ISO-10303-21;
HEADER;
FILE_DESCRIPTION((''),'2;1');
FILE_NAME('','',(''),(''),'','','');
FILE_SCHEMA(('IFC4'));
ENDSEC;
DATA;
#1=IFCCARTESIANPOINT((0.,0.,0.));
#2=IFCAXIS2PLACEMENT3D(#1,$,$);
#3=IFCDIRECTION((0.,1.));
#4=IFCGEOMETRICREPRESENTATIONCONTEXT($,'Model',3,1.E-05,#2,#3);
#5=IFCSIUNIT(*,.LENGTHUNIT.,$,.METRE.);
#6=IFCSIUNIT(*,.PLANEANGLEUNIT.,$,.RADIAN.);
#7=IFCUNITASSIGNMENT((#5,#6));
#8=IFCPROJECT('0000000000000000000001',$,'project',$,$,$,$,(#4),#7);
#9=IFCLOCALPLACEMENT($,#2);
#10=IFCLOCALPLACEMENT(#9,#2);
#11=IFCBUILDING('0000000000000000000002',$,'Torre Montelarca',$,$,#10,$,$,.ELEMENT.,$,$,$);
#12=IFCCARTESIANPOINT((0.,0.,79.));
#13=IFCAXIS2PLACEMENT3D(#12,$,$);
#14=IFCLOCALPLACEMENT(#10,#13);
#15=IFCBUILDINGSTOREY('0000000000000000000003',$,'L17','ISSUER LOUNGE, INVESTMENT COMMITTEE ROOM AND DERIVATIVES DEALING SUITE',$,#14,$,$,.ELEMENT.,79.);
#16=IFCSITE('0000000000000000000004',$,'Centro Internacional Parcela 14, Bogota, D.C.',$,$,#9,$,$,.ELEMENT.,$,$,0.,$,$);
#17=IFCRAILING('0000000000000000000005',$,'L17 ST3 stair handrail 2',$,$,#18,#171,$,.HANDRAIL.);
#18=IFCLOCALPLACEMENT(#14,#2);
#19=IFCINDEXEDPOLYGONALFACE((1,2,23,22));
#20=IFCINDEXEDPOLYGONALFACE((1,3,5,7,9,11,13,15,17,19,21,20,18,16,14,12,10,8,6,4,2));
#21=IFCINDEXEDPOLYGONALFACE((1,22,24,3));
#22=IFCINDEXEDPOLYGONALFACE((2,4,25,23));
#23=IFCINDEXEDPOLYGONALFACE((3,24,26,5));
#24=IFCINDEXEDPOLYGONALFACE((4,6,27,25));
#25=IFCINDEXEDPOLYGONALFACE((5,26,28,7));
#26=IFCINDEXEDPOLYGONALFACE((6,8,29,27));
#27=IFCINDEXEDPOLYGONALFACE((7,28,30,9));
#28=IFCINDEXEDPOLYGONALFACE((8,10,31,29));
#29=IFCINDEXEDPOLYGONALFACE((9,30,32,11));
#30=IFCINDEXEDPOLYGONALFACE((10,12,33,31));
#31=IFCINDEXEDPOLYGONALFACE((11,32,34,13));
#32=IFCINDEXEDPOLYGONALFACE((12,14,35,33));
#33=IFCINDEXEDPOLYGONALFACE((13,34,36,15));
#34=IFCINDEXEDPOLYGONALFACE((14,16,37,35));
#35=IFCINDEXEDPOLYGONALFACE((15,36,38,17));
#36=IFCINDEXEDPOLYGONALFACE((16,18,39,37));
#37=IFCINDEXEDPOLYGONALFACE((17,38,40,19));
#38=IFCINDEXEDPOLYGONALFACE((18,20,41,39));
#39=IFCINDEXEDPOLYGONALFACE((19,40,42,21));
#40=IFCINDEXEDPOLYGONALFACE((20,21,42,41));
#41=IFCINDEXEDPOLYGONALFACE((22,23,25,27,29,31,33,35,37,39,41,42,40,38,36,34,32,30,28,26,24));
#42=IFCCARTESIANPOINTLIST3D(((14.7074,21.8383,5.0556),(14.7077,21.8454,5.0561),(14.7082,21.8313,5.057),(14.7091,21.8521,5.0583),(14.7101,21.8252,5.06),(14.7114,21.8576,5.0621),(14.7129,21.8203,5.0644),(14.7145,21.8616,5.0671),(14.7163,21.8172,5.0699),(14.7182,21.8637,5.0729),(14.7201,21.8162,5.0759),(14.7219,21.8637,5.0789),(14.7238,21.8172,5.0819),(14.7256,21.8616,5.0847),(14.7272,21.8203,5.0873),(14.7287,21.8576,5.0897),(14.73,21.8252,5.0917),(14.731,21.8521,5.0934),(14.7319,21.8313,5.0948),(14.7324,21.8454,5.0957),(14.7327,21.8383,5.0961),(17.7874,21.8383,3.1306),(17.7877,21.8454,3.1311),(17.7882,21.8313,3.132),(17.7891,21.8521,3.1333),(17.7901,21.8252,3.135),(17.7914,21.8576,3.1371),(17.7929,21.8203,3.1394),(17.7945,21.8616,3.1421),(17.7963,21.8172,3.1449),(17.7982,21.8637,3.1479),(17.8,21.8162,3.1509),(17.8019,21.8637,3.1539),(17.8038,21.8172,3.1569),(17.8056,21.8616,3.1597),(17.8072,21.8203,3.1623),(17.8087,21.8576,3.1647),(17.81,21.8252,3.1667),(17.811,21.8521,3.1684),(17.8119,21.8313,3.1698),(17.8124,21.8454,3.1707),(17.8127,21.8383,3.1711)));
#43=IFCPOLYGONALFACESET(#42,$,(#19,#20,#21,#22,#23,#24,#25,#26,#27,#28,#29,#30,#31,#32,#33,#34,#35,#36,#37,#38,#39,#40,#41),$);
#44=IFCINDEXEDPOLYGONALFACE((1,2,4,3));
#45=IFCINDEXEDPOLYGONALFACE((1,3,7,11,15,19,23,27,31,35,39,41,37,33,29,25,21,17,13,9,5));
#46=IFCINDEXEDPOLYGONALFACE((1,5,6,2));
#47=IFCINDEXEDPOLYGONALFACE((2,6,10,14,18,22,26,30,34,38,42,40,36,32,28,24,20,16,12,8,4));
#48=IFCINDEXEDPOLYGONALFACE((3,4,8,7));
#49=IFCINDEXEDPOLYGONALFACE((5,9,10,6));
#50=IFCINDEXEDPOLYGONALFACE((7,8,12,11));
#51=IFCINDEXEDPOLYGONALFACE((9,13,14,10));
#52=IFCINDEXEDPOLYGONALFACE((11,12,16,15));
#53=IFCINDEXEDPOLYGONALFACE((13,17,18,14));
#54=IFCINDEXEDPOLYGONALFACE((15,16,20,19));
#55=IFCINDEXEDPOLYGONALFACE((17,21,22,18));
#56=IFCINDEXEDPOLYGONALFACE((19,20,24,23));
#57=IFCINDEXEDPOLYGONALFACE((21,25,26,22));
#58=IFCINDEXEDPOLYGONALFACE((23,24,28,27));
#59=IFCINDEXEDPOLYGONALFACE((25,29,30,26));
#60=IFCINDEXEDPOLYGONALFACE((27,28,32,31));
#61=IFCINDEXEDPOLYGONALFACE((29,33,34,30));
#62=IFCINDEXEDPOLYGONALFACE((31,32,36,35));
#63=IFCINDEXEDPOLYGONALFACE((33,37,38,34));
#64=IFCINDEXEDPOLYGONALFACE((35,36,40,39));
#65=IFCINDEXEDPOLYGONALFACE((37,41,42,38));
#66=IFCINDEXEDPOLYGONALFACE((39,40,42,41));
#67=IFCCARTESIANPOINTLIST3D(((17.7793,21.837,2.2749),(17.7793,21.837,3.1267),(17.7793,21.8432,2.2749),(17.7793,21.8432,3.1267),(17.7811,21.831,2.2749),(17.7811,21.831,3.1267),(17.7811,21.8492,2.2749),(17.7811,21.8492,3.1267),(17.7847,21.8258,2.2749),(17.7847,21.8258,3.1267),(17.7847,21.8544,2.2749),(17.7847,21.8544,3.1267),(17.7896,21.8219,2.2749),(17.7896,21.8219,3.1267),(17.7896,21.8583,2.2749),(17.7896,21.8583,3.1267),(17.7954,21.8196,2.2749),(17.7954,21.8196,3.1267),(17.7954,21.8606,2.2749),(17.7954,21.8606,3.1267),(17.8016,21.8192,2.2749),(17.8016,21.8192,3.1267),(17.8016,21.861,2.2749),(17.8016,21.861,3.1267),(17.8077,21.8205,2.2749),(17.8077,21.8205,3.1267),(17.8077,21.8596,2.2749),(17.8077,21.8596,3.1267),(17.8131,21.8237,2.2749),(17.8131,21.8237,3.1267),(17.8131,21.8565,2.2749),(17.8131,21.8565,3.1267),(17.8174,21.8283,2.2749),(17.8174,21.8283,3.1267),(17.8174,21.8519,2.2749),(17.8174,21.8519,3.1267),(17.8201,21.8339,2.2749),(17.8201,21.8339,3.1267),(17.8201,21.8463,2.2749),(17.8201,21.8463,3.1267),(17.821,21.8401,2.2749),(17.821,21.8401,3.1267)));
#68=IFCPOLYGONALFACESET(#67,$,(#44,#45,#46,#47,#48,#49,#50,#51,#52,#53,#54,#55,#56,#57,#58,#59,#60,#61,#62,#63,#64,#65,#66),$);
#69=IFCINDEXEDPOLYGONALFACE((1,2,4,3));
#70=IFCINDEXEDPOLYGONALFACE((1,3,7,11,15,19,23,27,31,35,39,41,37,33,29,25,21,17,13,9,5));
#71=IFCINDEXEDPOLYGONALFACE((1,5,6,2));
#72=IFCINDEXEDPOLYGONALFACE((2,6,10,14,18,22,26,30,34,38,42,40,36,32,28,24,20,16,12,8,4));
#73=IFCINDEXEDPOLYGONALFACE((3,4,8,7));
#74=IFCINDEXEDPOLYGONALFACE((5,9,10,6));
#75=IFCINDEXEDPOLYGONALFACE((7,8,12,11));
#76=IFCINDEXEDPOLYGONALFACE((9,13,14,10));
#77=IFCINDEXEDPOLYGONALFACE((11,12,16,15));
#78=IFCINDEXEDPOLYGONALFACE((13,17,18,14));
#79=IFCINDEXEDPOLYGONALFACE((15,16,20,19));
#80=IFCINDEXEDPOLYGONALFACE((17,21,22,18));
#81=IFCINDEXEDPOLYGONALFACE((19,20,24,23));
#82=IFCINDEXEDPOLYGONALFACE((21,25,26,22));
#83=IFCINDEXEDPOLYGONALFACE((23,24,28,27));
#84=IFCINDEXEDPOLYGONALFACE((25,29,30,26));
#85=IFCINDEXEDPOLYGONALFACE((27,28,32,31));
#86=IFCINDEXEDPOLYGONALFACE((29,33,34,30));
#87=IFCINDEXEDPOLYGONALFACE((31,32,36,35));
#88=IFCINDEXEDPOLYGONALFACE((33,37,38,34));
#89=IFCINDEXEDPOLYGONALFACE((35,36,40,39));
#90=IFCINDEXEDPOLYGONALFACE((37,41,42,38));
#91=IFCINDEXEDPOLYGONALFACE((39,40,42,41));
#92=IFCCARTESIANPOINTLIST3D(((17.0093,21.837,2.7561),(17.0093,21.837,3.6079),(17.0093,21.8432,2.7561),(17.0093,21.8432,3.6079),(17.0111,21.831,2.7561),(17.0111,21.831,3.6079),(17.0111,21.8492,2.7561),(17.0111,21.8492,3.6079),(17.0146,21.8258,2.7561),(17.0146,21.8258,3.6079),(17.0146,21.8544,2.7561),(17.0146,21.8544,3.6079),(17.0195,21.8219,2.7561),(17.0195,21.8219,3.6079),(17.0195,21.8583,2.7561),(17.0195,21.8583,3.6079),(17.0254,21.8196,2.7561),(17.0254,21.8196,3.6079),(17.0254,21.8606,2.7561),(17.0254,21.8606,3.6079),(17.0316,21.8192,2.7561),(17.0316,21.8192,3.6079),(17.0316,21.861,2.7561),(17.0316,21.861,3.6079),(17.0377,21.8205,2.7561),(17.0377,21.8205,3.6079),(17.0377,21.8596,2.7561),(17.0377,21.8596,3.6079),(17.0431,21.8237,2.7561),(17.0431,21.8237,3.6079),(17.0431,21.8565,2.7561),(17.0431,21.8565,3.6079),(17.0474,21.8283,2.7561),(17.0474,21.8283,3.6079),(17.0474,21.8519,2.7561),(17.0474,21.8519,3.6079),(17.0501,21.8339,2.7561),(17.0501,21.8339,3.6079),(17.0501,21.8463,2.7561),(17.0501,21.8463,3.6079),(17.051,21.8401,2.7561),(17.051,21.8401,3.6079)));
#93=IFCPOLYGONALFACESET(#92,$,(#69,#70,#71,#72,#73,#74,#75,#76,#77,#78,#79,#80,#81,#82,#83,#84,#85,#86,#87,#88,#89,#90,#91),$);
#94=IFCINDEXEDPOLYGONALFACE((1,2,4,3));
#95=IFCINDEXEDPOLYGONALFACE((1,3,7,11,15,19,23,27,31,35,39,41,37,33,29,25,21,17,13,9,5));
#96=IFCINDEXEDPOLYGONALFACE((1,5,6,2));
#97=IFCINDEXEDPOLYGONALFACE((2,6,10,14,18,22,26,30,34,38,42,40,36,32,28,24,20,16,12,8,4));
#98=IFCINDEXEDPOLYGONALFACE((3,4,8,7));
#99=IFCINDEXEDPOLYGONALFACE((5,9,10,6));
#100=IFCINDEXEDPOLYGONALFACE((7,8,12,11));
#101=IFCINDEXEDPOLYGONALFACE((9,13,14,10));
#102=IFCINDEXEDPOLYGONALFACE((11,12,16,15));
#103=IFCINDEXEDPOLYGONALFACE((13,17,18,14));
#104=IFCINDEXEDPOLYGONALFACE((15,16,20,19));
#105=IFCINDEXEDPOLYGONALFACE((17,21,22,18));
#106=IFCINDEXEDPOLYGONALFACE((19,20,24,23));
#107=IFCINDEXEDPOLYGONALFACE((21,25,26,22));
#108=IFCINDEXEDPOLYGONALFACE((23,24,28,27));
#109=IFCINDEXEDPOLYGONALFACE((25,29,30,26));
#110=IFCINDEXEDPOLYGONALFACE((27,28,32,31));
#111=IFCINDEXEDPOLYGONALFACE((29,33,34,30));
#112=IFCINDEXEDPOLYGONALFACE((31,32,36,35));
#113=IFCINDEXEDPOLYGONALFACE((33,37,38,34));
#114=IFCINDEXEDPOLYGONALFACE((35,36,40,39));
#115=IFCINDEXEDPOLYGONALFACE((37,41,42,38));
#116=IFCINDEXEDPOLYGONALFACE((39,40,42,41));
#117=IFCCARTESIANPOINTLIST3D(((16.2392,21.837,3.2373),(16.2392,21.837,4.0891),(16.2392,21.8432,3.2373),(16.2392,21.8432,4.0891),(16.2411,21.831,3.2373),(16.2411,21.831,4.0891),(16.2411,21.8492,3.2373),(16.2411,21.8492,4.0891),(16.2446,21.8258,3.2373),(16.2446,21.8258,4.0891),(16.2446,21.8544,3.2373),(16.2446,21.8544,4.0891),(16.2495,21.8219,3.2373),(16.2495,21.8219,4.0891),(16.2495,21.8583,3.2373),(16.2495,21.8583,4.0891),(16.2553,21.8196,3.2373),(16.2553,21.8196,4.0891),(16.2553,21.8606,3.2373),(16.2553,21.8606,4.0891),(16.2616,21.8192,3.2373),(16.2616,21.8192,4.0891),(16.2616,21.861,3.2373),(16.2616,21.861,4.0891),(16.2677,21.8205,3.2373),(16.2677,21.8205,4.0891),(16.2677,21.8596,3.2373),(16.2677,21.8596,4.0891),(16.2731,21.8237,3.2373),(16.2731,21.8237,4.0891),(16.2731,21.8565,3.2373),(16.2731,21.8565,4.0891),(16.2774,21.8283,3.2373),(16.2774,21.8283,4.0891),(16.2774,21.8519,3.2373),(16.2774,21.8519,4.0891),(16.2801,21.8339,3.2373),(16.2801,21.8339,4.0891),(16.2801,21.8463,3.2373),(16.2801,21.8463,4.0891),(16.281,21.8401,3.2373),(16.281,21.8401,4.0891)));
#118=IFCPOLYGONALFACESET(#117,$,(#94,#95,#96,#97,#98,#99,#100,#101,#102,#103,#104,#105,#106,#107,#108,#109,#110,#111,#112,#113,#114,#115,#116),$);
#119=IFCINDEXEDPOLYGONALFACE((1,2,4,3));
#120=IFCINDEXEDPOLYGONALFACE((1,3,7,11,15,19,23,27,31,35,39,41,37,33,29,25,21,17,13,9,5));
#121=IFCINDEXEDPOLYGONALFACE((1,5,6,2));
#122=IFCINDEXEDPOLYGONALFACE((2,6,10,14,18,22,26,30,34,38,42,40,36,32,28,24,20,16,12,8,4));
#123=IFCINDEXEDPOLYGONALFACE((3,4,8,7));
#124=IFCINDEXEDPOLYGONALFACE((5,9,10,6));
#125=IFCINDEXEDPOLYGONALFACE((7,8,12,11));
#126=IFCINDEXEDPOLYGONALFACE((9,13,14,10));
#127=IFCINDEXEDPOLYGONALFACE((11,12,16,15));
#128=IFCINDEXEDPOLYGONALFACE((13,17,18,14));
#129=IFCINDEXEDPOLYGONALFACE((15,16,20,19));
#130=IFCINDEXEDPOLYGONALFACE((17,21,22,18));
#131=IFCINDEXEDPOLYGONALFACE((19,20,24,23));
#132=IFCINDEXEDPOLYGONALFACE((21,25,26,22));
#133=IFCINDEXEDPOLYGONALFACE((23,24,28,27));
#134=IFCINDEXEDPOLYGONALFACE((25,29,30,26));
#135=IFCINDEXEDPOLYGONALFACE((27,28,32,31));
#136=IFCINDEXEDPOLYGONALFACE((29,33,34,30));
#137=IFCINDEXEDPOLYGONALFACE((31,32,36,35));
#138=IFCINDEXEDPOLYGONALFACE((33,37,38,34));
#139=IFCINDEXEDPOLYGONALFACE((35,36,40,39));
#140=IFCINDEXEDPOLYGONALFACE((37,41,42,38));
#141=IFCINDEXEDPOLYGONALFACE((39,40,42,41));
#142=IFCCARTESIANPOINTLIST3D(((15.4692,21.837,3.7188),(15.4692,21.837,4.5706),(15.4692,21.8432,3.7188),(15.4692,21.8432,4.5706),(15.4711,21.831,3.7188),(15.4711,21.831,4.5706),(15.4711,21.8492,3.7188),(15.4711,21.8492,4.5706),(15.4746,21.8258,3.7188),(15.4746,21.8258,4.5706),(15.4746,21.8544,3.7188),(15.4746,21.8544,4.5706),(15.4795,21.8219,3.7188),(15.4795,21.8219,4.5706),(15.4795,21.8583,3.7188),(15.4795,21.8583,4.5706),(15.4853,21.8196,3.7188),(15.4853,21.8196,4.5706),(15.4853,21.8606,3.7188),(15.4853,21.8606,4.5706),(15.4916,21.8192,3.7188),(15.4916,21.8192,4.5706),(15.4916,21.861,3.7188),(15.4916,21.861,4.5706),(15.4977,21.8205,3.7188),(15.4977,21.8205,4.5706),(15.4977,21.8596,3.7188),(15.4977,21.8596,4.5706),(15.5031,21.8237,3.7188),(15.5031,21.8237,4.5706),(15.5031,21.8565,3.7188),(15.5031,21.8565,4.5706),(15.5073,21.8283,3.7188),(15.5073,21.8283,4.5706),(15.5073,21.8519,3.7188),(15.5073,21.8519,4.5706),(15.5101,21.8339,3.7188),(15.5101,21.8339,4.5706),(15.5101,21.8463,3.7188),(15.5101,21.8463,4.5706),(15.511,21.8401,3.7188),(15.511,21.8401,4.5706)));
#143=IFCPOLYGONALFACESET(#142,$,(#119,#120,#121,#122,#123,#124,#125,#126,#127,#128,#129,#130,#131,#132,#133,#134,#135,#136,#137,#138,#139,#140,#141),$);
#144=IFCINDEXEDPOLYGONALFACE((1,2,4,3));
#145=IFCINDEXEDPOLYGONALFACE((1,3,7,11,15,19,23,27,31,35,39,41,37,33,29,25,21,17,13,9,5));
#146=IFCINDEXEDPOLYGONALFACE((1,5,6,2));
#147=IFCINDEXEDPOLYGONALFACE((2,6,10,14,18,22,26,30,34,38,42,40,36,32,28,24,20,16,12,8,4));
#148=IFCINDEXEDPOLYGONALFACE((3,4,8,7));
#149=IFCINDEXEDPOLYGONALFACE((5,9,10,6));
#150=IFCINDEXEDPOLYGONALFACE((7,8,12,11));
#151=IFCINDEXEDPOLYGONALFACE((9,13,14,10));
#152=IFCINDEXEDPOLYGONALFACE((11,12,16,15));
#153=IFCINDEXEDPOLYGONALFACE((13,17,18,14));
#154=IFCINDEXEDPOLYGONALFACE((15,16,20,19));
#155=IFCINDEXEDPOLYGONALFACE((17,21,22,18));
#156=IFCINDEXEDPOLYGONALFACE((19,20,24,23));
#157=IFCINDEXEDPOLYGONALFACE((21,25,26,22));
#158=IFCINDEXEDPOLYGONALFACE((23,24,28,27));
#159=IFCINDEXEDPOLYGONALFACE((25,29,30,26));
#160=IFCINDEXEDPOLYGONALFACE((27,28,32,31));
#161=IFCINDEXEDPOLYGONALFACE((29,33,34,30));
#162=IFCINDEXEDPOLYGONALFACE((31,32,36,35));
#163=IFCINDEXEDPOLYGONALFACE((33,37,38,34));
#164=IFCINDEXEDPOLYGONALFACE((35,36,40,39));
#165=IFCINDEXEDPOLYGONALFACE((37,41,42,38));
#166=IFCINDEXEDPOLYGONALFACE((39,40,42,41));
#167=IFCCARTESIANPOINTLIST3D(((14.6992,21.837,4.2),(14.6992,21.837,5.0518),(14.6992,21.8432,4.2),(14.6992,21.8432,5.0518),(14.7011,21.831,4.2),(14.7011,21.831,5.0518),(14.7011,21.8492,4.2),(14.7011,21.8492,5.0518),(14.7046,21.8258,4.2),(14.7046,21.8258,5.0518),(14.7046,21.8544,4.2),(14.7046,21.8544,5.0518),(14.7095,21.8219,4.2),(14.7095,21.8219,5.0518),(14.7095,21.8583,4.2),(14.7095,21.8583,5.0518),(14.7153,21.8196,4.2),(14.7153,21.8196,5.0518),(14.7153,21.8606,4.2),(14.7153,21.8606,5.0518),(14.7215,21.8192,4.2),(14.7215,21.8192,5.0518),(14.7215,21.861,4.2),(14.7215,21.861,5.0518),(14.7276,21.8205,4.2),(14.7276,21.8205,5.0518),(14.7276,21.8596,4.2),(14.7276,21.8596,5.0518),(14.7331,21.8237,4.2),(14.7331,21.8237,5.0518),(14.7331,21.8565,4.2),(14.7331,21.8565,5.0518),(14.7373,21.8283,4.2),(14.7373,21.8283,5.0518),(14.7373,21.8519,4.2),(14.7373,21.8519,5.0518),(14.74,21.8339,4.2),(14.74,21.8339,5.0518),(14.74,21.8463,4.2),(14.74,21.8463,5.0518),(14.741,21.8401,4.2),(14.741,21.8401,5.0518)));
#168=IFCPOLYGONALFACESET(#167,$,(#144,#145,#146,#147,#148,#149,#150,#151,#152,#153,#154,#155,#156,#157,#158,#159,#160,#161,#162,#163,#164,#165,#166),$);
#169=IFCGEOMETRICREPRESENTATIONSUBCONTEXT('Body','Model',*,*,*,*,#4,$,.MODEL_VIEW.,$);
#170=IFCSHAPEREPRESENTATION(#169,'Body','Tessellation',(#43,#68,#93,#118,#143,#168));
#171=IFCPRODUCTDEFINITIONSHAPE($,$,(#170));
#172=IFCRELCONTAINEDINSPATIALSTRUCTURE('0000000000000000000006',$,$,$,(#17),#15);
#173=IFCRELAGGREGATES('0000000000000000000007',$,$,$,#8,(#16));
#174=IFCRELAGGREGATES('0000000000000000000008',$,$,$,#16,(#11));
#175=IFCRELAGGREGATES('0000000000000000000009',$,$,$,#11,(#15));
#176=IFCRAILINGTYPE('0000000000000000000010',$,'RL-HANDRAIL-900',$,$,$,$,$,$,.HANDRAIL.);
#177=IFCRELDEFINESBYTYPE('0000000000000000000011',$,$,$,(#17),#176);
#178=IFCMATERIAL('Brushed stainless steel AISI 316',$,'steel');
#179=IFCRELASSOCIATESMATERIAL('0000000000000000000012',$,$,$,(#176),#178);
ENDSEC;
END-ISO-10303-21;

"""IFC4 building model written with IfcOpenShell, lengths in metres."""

from ifc_helpers import new_model, si_unit, direction, frame, origin, origin_2d, place, context, subcontext, project, spatial, circle, extrude, material, type_object, element, save


model = new_model("IFC4")

# Units and contexts
model_context = context("Model", 3, precision=1e-05, world=origin(), true_north=direction((0.0, 1.0)))
body_context = subcontext(model_context, "Body", "Model", "MODEL_VIEW")
ifc_project = project(units=[si_unit("LENGTHUNIT", "METRE"), si_unit("PLANEANGLEUNIT", "RADIAN")], contexts=[model_context])

# Site, building, storey
site_placement = place(None, origin())
site = spatial("IfcSite", under=ifc_project, at=site_placement, Name="Centro Internacional Parcela 14, Bogota, D.C.", CompositionType="ELEMENT", RefElevation=0.0)
building_placement = place(site_placement, origin())
building = spatial("IfcBuilding", under=site, at=building_placement, Name="Torre Montelarca", CompositionType="ELEMENT")
storey_placement = place(building_placement, frame((0.0, 0.0, 79.0)))
storey = spatial("IfcBuildingStorey", under=building, at=storey_placement, Name="L17", Description="ISSUER LOUNGE, INVESTMENT COMMITTEE ROOM AND DERIVATIVES DEALING SUITE", CompositionType="ELEMENT", Elevation=79.0)

# Railing
ifc_material_1 = material(Name="Brushed stainless steel AISI 316", Category="steel")
railing_type_1 = type_object("IfcRailingType", Name="RL-HANDRAIL-900", PredefinedType="HANDRAIL", material=ifc_material_1)
railing_1_placement = place(storey_placement, frame((17.8, 21.8401, 2.2749)))
element("IfcRailing", 1, at=railing_1_placement, inside=storey, type_object=railing_type_1, Name="L17 ST3 stair handrail 2", PredefinedType="HANDRAIL", context=body_context, shape_type="SweptSolid", body=[
    extrude(circle(Radius=0.0239, at=origin_2d()), frame((0.0, 0.0, 0.876), z_axis=(-0.847998, 0.0, 0.529999), x_axis=(0.0, -1.0, 0.0)), (0.0, 0.0, 1.0), 3.6321),
    extrude(circle(Radius=0.021, at=origin_2d()), origin(), (0.0, 0.0, 1.0), 0.8518),
    extrude(circle(Radius=0.021, at=origin_2d()), frame((-0.77, 0.0, 0.4812)), (0.0, 0.0, 1.0), 0.8518),
    extrude(circle(Radius=0.021, at=origin_2d()), frame((-1.54, 0.0, 0.9624)), (0.0, 0.0, 1.0), 0.8518),
    extrude(circle(Radius=0.021, at=origin_2d()), frame((-2.3101, 0.0, 1.4438)), (0.0, 0.0, 1.0), 0.8518),
    extrude(circle(Radius=0.021, at=origin_2d()), frame((-3.0801, 0.0, 1.925)), (0.0, 0.0, 1.0), 0.8518),
])

save(model, "model.ifc")
